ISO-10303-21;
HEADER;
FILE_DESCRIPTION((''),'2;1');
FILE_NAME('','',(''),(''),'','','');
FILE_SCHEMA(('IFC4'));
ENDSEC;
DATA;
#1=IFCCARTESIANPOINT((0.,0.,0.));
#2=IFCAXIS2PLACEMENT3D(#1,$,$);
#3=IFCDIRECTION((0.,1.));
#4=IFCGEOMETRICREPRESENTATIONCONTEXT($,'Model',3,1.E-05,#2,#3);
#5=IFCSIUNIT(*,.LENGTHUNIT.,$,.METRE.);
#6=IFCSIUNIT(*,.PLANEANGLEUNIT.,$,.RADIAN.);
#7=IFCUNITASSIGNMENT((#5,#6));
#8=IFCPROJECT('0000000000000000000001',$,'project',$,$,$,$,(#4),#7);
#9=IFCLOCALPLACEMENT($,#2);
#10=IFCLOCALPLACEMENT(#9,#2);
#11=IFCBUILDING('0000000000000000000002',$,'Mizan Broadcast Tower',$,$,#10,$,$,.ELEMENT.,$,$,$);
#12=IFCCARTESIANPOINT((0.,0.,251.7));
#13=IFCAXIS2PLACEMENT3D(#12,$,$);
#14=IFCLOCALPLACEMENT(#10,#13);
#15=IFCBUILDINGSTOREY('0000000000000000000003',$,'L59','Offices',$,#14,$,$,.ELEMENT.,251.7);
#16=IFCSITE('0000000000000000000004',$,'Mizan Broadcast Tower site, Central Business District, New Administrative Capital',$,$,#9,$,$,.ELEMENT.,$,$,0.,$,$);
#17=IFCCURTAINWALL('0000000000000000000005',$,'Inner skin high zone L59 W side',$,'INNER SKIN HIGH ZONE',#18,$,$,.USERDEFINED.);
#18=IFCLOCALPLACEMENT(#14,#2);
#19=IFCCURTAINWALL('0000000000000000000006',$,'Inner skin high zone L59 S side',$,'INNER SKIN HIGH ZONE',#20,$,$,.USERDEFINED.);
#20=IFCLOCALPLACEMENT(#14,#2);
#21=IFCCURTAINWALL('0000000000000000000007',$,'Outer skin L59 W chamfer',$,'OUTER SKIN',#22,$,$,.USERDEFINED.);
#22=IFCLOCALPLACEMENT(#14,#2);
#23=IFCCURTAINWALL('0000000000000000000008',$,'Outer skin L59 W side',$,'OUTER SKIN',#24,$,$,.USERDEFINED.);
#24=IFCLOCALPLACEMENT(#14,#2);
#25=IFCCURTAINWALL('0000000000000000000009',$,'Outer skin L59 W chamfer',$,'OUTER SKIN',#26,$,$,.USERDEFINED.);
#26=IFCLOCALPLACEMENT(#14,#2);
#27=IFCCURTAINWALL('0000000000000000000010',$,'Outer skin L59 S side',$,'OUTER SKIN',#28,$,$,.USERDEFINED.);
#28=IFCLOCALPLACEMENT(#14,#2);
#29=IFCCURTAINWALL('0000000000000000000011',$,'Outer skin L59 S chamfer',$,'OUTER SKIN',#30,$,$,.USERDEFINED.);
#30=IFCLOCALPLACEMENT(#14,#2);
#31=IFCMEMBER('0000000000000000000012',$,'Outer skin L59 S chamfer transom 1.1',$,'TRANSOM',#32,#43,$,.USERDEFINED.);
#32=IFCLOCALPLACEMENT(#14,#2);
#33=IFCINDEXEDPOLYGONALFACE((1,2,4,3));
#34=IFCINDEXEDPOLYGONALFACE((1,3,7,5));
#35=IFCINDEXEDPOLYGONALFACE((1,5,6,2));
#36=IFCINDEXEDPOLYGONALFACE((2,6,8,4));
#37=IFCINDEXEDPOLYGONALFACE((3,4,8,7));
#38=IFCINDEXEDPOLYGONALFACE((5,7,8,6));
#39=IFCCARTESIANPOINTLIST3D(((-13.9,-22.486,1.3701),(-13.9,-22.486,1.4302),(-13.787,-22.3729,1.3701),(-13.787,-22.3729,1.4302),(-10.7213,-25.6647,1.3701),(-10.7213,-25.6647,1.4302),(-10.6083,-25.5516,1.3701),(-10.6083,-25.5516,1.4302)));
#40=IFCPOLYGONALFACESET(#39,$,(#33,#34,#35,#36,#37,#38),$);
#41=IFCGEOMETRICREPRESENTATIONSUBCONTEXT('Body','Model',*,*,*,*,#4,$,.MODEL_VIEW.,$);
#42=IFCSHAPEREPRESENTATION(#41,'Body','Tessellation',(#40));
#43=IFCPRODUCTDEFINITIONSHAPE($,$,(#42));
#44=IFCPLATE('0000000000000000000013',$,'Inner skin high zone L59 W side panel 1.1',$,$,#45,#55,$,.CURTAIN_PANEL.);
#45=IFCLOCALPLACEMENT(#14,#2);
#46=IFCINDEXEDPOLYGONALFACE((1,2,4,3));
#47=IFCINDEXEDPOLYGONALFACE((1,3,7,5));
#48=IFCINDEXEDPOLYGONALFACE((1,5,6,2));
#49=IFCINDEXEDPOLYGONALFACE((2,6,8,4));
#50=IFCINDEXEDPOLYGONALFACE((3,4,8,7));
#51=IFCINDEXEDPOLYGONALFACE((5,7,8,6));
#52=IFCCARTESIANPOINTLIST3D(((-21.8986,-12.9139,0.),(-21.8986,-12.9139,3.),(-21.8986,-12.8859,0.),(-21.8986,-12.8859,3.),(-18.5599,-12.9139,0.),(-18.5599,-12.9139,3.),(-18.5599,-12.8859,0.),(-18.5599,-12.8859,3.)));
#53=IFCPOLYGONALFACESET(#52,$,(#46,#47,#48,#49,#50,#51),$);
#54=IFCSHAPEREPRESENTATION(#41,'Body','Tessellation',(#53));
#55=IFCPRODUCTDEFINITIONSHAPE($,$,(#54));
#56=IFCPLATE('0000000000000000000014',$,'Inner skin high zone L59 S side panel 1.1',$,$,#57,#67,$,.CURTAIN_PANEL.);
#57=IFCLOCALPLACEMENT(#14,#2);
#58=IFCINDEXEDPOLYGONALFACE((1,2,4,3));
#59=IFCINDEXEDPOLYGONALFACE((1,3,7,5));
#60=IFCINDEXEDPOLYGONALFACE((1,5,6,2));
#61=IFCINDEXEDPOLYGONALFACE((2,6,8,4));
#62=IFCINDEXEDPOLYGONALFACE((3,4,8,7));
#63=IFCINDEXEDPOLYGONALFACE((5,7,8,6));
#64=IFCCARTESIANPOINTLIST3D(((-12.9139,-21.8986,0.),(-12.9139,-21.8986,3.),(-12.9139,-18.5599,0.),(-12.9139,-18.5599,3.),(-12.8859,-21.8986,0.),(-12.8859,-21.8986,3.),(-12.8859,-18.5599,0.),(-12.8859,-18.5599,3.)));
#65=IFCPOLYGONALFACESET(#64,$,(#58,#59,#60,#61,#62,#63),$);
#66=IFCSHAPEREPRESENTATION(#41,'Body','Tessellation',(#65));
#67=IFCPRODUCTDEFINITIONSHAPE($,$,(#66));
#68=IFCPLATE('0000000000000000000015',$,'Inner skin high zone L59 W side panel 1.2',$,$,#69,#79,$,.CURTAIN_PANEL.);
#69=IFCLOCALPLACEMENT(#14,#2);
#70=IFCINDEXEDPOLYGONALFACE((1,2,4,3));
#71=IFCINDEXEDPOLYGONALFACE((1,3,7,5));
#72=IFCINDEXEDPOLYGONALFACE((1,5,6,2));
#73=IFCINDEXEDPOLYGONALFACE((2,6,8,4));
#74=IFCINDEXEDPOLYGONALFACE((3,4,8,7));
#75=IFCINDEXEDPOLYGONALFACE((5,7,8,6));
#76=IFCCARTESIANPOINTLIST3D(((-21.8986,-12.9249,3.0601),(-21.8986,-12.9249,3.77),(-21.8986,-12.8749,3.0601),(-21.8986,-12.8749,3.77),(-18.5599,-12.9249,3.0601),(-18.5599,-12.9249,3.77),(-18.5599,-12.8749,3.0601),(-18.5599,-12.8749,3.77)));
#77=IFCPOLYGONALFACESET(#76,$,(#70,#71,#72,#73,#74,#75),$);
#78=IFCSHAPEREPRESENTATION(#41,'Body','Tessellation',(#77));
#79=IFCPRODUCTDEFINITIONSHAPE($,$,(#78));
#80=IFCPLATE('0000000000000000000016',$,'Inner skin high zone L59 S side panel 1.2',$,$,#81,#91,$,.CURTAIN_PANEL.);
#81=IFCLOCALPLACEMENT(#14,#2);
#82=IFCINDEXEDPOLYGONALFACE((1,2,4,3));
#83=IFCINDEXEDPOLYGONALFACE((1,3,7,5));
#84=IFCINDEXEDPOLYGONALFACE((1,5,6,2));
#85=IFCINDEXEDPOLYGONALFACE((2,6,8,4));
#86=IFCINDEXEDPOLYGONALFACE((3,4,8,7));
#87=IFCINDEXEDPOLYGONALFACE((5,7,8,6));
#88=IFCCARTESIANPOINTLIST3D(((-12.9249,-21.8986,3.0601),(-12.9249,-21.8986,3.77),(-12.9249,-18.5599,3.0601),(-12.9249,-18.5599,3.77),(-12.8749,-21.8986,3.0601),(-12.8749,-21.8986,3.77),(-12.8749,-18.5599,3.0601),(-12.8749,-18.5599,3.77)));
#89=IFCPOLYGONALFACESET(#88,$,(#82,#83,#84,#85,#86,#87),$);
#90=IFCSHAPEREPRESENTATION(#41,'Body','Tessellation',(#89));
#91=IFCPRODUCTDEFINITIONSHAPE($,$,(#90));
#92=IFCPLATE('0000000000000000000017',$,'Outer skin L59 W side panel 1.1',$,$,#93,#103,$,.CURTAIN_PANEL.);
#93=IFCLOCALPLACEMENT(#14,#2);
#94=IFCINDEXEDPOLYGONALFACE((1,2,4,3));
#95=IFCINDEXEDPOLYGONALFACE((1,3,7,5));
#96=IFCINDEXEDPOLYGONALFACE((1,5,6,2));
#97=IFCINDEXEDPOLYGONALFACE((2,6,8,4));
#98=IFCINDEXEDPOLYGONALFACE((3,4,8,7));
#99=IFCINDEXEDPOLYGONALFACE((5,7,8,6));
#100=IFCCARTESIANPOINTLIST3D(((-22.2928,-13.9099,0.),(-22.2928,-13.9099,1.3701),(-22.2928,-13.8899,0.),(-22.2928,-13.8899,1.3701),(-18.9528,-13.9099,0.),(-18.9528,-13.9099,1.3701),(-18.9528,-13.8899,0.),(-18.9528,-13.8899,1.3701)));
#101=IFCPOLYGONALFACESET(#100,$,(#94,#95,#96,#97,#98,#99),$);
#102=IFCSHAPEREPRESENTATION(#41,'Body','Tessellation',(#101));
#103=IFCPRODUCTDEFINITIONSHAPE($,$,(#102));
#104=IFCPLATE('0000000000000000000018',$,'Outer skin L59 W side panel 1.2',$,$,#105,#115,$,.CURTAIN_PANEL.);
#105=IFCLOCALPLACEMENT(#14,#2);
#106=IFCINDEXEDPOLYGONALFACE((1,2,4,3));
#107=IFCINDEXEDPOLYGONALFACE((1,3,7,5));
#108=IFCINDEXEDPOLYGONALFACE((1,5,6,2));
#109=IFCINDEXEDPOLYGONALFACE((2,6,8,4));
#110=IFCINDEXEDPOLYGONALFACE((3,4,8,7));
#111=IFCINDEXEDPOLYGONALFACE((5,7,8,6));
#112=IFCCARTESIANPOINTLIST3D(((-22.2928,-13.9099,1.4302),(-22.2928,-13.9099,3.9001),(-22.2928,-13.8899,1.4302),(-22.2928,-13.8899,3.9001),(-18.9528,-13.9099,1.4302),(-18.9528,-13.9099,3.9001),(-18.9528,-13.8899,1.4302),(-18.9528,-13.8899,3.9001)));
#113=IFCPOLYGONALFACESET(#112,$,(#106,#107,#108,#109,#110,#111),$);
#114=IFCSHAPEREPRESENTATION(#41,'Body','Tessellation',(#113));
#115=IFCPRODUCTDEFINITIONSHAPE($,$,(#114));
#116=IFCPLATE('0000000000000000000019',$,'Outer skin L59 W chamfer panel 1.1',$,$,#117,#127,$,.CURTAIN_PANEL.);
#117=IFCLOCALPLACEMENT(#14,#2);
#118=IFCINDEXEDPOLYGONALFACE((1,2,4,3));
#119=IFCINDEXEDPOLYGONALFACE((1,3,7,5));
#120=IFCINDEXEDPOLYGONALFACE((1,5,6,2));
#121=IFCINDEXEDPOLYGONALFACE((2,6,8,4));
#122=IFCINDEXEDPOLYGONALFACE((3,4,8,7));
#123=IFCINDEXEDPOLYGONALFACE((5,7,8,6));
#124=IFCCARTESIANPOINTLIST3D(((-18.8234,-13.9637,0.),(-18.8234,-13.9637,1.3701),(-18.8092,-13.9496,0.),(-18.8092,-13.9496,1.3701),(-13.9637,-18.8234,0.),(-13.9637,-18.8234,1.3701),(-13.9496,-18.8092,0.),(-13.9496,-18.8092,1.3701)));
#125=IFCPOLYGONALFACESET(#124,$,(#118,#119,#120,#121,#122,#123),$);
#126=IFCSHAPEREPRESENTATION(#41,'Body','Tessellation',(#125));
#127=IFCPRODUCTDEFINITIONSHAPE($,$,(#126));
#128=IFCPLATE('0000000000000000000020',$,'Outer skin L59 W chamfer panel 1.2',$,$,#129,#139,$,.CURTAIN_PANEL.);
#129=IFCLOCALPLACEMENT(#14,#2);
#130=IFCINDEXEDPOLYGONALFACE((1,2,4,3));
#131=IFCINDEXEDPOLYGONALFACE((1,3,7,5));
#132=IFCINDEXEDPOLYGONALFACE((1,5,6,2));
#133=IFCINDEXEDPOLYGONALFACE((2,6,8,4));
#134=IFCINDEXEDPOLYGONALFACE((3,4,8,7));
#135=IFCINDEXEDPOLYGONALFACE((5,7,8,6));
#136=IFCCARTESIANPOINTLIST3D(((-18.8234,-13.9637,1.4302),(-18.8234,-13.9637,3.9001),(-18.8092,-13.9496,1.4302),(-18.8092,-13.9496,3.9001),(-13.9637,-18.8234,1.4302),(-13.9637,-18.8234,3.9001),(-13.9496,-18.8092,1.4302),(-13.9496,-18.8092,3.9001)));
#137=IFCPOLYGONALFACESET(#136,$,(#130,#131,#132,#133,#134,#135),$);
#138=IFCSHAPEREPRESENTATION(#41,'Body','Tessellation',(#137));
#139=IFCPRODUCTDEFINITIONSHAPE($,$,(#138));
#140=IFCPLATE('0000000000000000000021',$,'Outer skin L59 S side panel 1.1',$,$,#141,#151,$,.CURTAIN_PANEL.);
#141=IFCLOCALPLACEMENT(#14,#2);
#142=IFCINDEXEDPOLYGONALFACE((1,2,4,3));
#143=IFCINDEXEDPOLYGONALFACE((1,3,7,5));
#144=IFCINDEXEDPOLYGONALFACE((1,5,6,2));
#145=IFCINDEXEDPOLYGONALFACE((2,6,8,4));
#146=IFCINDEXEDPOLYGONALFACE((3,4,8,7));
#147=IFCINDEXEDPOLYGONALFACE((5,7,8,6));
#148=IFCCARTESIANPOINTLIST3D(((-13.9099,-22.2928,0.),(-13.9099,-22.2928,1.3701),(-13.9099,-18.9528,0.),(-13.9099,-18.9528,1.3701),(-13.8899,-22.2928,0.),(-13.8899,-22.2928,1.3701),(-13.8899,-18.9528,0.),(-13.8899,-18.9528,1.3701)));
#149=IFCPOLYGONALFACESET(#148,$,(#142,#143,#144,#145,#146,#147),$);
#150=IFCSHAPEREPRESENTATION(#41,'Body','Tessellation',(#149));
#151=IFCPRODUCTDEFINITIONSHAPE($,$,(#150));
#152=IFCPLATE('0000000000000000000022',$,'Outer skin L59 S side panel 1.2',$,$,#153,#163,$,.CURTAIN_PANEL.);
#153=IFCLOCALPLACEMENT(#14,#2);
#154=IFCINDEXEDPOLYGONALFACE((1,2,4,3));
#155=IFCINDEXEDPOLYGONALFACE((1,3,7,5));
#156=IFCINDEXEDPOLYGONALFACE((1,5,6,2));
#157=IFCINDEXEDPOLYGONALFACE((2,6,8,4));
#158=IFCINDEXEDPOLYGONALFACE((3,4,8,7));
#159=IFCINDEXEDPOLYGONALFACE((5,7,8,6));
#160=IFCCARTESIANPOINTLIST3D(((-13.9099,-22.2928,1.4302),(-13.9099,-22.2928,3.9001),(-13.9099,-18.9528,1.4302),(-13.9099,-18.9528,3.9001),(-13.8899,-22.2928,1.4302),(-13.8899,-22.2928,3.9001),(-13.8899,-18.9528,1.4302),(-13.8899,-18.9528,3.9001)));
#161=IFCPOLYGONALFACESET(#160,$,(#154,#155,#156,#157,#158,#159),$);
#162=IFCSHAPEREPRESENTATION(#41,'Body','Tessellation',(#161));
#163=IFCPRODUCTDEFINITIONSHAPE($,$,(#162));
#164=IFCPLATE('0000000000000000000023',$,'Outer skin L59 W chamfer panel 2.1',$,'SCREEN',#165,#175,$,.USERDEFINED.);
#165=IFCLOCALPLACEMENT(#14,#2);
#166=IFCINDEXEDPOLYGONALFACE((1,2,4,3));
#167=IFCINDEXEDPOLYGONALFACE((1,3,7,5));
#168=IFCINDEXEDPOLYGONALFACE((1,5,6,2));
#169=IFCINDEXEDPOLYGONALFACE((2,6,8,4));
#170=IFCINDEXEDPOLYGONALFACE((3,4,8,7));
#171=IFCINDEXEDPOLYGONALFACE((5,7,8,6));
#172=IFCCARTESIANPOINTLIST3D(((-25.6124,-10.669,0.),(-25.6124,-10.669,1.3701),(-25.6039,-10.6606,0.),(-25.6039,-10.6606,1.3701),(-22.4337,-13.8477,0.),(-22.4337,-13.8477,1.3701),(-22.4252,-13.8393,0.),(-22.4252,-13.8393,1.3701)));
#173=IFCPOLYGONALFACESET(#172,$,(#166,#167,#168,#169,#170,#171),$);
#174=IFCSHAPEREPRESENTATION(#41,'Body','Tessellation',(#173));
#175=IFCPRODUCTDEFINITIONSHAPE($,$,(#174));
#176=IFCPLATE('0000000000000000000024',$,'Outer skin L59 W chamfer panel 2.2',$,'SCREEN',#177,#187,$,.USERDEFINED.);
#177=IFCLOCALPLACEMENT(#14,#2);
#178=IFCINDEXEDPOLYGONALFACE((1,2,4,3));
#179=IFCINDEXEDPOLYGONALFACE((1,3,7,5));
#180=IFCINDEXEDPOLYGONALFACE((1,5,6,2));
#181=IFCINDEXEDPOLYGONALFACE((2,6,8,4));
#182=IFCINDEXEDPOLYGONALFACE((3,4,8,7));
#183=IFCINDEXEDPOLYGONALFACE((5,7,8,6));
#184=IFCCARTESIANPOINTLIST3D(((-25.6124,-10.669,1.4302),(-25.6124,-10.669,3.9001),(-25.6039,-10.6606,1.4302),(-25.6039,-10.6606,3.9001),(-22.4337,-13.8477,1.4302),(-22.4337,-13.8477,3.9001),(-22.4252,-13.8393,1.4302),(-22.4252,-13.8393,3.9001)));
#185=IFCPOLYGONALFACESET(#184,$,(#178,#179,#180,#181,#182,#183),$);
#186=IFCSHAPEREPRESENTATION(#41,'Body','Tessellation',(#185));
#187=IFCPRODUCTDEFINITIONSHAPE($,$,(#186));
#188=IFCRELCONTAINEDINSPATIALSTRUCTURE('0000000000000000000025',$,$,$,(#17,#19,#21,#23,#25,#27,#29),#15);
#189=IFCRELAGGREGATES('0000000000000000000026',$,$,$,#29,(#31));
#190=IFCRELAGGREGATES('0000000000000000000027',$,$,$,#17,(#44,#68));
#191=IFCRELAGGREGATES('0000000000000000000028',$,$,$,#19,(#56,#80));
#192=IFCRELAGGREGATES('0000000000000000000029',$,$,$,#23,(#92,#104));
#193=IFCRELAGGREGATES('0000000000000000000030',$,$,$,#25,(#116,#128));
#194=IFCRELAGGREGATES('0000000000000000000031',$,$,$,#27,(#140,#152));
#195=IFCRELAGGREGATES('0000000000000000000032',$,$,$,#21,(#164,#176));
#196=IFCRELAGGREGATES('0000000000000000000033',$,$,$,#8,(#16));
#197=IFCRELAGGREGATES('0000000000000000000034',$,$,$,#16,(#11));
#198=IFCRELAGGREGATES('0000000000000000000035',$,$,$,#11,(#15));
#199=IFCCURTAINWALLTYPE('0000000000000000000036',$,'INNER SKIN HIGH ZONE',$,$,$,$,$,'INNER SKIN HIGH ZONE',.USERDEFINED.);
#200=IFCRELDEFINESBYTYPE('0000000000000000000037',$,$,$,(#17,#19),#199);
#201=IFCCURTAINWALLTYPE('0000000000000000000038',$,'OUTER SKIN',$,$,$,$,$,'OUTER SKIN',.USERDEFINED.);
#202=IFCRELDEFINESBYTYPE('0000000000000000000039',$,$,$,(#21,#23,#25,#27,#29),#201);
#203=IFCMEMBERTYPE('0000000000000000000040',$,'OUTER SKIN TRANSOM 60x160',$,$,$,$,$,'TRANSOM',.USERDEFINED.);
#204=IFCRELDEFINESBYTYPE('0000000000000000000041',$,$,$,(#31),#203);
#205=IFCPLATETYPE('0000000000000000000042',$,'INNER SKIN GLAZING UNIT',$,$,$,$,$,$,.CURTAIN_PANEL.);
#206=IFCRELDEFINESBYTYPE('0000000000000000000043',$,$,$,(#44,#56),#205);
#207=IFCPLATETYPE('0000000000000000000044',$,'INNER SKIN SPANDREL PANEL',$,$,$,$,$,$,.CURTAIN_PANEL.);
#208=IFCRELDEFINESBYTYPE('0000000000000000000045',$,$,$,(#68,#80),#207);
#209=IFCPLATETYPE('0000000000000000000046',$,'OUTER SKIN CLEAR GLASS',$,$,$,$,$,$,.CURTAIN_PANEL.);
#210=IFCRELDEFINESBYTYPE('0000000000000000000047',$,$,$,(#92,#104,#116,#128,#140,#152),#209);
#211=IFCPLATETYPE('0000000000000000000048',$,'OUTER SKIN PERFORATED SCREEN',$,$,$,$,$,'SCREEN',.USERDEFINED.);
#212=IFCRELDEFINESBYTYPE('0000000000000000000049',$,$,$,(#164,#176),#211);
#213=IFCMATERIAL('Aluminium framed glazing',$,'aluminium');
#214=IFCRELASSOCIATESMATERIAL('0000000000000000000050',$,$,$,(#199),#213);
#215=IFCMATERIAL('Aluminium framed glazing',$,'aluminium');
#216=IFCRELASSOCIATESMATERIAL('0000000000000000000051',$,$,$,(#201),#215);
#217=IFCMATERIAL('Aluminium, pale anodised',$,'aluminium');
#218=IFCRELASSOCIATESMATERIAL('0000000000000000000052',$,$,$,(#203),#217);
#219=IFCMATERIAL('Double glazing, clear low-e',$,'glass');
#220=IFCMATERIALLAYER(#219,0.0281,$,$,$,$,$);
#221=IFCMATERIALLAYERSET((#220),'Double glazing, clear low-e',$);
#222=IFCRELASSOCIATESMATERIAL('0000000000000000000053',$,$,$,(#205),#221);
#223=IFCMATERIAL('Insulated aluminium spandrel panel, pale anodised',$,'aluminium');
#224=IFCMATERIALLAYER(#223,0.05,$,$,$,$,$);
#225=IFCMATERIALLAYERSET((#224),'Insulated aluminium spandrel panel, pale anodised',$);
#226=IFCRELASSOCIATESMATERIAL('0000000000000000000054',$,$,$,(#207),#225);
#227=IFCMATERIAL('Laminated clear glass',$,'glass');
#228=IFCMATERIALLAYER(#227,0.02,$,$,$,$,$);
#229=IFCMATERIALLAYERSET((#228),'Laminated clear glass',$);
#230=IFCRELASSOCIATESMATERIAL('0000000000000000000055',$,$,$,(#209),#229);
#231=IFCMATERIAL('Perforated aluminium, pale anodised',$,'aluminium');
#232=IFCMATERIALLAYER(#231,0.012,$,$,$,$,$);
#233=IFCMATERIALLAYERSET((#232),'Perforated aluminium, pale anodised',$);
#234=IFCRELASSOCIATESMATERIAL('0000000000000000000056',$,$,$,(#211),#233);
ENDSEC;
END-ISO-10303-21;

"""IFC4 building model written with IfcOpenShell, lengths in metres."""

from ifc_helpers import new_model, si_unit, direction, frame, origin, origin_2d, place, context, subcontext, project, spatial, rectangle, extrude, material, layer, layer_set, material_profile, profile_set, type_object, element, aggregate, save


model = new_model("IFC4")

# Units and contexts
model_context = context("Model", 3, precision=1e-05, world=origin(), true_north=direction((0.0, 1.0)))
body_context = subcontext(model_context, "Body", "Model", "MODEL_VIEW")
ifc_project = project(units=[si_unit("LENGTHUNIT", "METRE"), si_unit("PLANEANGLEUNIT", "RADIAN")], contexts=[model_context])

# Site, building, storey
site_placement = place(None, origin())
site = spatial("IfcSite", under=ifc_project, at=site_placement, Name="Mizan Broadcast Tower site, Central Business District, New Administrative Capital", CompositionType="ELEMENT", RefElevation=0.0)
building_placement = place(site_placement, origin())
building = spatial("IfcBuilding", under=site, at=building_placement, Name="Mizan Broadcast Tower", CompositionType="ELEMENT")
storey_placement = place(building_placement, frame((0.0, 0.0, 251.7)))
storey = spatial("IfcBuildingStorey", under=building, at=storey_placement, Name="L59", Description="Offices", CompositionType="ELEMENT", Elevation=251.7)

# Curtain walls
ifc_material_1 = material(Name="Aluminium framed glazing", Category="aluminium")
curtain_wall_type_1 = type_object("IfcCurtainWallType", Name="INNER SKIN HIGH ZONE", ElementType="INNER SKIN HIGH ZONE", PredefinedType="USERDEFINED", material=ifc_material_1)
curtain_wall_1_placement = place(storey_placement, origin())
curtain_wall_1 = element("IfcCurtainWall", 1, at=curtain_wall_1_placement, inside=storey, type_object=curtain_wall_type_1, Name="Inner skin high zone L59 W side", ObjectType="INNER SKIN HIGH ZONE", PredefinedType="USERDEFINED")
curtain_wall_2_placement = place(storey_placement, origin())
curtain_wall_2 = element("IfcCurtainWall", 2, at=curtain_wall_2_placement, inside=storey, type_object=curtain_wall_type_1, Name="Inner skin high zone L59 S side", ObjectType="INNER SKIN HIGH ZONE", PredefinedType="USERDEFINED")

# Curtain walls
ifc_material_2 = material(Name="Aluminium framed glazing", Category="aluminium")
curtain_wall_type_2 = type_object("IfcCurtainWallType", Name="OUTER SKIN", ElementType="OUTER SKIN", PredefinedType="USERDEFINED", material=ifc_material_2)
curtain_wall_3_placement = place(storey_placement, origin())
curtain_wall_3 = element("IfcCurtainWall", 3, at=curtain_wall_3_placement, inside=storey, type_object=curtain_wall_type_2, Name="Outer skin L59 W chamfer", ObjectType="OUTER SKIN", PredefinedType="USERDEFINED")
curtain_wall_4_placement = place(storey_placement, origin())
curtain_wall_4 = element("IfcCurtainWall", 4, at=curtain_wall_4_placement, inside=storey, type_object=curtain_wall_type_2, Name="Outer skin L59 W side", ObjectType="OUTER SKIN", PredefinedType="USERDEFINED")
curtain_wall_5_placement = place(storey_placement, origin())
curtain_wall_5 = element("IfcCurtainWall", 5, at=curtain_wall_5_placement, inside=storey, type_object=curtain_wall_type_2, Name="Outer skin L59 W chamfer", ObjectType="OUTER SKIN", PredefinedType="USERDEFINED")
curtain_wall_6_placement = place(storey_placement, origin())
curtain_wall_6 = element("IfcCurtainWall", 6, at=curtain_wall_6_placement, inside=storey, type_object=curtain_wall_type_2, Name="Outer skin L59 S side", ObjectType="OUTER SKIN", PredefinedType="USERDEFINED")

# Shared definitions
ifc_material_3 = material(Name="Aluminium, pale anodised", Category="aluminium")
ifc_material_profile_1 = material_profile(ifc_material_3, rectangle(XDim=0.1599, YDim=0.0601, at=origin_2d()), Name="TRANSOM 160x60")
ifc_profile_set_1 = profile_set([ifc_material_profile_1], Name="Aluminium, pale anodised")
member_type_1 = type_object("IfcMemberType", Name="OUTER SKIN TRANSOM 60x160", ElementType="TRANSOM", PredefinedType="USERDEFINED", material=ifc_profile_set_1)

# Curtain wall, member
curtain_wall_7_placement = place(storey_placement, origin())
curtain_wall_7 = element("IfcCurtainWall", 7, at=curtain_wall_7_placement, inside=storey, type_object=curtain_wall_type_2, Name="Outer skin L59 S chamfer", ObjectType="OUTER SKIN", PredefinedType="USERDEFINED")
member_1_placement = place(storey_placement, frame((-13.8435, -22.4294, 1.4001), z_axis=(0.707107, -0.707107, 0.0), x_axis=(0.707107, 0.707107, 0.0)))
member_1 = element("IfcMember", 8, at=member_1_placement, type_object=member_type_1, Name="Outer skin L59 S chamfer transom 1.1", ObjectType="TRANSOM", PredefinedType="USERDEFINED", context=body_context, shape_type="SweptSolid", body=[
    extrude(rectangle(XDim=0.1599, YDim=0.0601, at=origin_2d()), origin(), (0.0, 0.0, 1.0), 4.4954),
])
aggregate(curtain_wall_7, [member_1])

# Plates
ifc_material_4 = material(Name="Double glazing, clear low-e", Category="glass")
ifc_layer_1 = layer(ifc_material_4, 0.0281)
ifc_layer_set_1 = layer_set([ifc_layer_1], Name="Double glazing, clear low-e")
plate_type_1 = type_object("IfcPlateType", Name="INNER SKIN GLAZING UNIT", PredefinedType="CURTAIN_PANEL", material=ifc_layer_set_1)
plate_1_placement = place(storey_placement, frame((-20.2292, -12.8999, 0.0), z_axis=(0.0, 0.0, 1.0), x_axis=(1.0, 0.0, 0.0)))
plate_1 = element("IfcPlate", 9, at=plate_1_placement, type_object=plate_type_1, Name="Inner skin high zone L59 W side panel 1.1", PredefinedType="CURTAIN_PANEL", context=body_context, shape_type="SweptSolid", body=[
    extrude(rectangle(XDim=3.3386, YDim=0.0281, at=origin_2d()), origin(), (0.0, 0.0, 1.0), 3.0),
])
plate_2_placement = place(storey_placement, frame((-12.8999, -20.2292, 0.0), z_axis=(0.0, 0.0, 1.0), x_axis=(0.0, -1.0, 0.0)))
plate_2 = element("IfcPlate", 10, at=plate_2_placement, type_object=plate_type_1, Name="Inner skin high zone L59 S side panel 1.1", PredefinedType="CURTAIN_PANEL", context=body_context, shape_type="SweptSolid", body=[
    extrude(rectangle(XDim=3.3386, YDim=0.0281, at=origin_2d()), origin(), (0.0, 0.0, 1.0), 3.0),
])
ifc_material_5 = material(Name="Insulated aluminium spandrel panel, pale anodised", Category="aluminium")
ifc_layer_2 = layer(ifc_material_5, 0.05)
ifc_layer_set_2 = layer_set([ifc_layer_2], Name="Insulated aluminium spandrel panel, pale anodised")
plate_type_2 = type_object("IfcPlateType", Name="INNER SKIN SPANDREL PANEL", PredefinedType="CURTAIN_PANEL", material=ifc_layer_set_2)
plate_3_placement = place(storey_placement, frame((-20.2292, -12.8999, 3.0601), z_axis=(0.0, 0.0, 1.0), x_axis=(1.0, 0.0, 0.0)))
plate_3 = element("IfcPlate", 11, at=plate_3_placement, type_object=plate_type_2, Name="Inner skin high zone L59 W side panel 1.2", PredefinedType="CURTAIN_PANEL", context=body_context, shape_type="SweptSolid", body=[
    extrude(rectangle(XDim=3.3386, YDim=0.05, at=origin_2d()), origin(), (0.0, 0.0, 1.0), 0.71),
])
aggregate(curtain_wall_1, [plate_1, plate_3])
plate_4_placement = place(storey_placement, frame((-12.8999, -20.2292, 3.0601), z_axis=(0.0, 0.0, 1.0), x_axis=(0.0, -1.0, 0.0)))
plate_4 = element("IfcPlate", 12, at=plate_4_placement, type_object=plate_type_2, Name="Inner skin high zone L59 S side panel 1.2", PredefinedType="CURTAIN_PANEL", context=body_context, shape_type="SweptSolid", body=[
    extrude(rectangle(XDim=3.3386, YDim=0.05, at=origin_2d()), origin(), (0.0, 0.0, 1.0), 0.71),
])
aggregate(curtain_wall_2, [plate_2, plate_4])
ifc_material_6 = material(Name="Laminated clear glass", Category="glass")
ifc_layer_3 = layer(ifc_material_6, 0.02)
ifc_layer_set_3 = layer_set([ifc_layer_3], Name="Laminated clear glass")
plate_type_3 = type_object("IfcPlateType", Name="OUTER SKIN CLEAR GLASS", PredefinedType="CURTAIN_PANEL", material=ifc_layer_set_3)
plate_5_placement = place(storey_placement, frame((-20.6228, -13.8999, 0.0), z_axis=(0.0, 0.0, 1.0), x_axis=(1.0, 0.0, 0.0)))
plate_5 = element("IfcPlate", 13, at=plate_5_placement, type_object=plate_type_3, Name="Outer skin L59 W side panel 1.1", PredefinedType="CURTAIN_PANEL", context=body_context, shape_type="SweptSolid", body=[
    extrude(rectangle(XDim=3.3401, YDim=0.02, at=origin_2d()), origin(), (0.0, 0.0, 1.0), 1.3701),
])
plate_6_placement = place(storey_placement, frame((-20.6228, -13.8999, 1.4302), z_axis=(0.0, 0.0, 1.0), x_axis=(1.0, 0.0, 0.0)))
plate_6 = element("IfcPlate", 14, at=plate_6_placement, type_object=plate_type_3, Name="Outer skin L59 W side panel 1.2", PredefinedType="CURTAIN_PANEL", context=body_context, shape_type="SweptSolid", body=[
    extrude(rectangle(XDim=3.3401, YDim=0.02, at=origin_2d()), origin(), (0.0, 0.0, 1.0), 2.47),
])
aggregate(curtain_wall_4, [plate_5, plate_6])
plate_7_placement = place(storey_placement, frame((-16.3865, -16.3865, 0.0), z_axis=(0.0, 0.0, 1.0), x_axis=(0.707107, -0.707107, 0.0)))
plate_7 = element("IfcPlate", 15, at=plate_7_placement, type_object=plate_type_3, Name="Outer skin L59 W chamfer panel 1.1", PredefinedType="CURTAIN_PANEL", context=body_context, shape_type="SweptSolid", body=[
    extrude(rectangle(XDim=6.8726, YDim=0.02, at=origin_2d()), origin(), (0.0, 0.0, 1.0), 1.3701),
])
plate_8_placement = place(storey_placement, frame((-16.3865, -16.3865, 1.4302), z_axis=(0.0, 0.0, 1.0), x_axis=(0.707107, -0.707107, 0.0)))
plate_8 = element("IfcPlate", 16, at=plate_8_placement, type_object=plate_type_3, Name="Outer skin L59 W chamfer panel 1.2", PredefinedType="CURTAIN_PANEL", context=body_context, shape_type="SweptSolid", body=[
    extrude(rectangle(XDim=6.8726, YDim=0.02, at=origin_2d()), origin(), (0.0, 0.0, 1.0), 2.47),
])
aggregate(curtain_wall_5, [plate_7, plate_8])
plate_9_placement = place(storey_placement, frame((-13.8999, -20.6228, 0.0), z_axis=(0.0, 0.0, 1.0), x_axis=(0.0, -1.0, 0.0)))
plate_9 = element("IfcPlate", 17, at=plate_9_placement, type_object=plate_type_3, Name="Outer skin L59 S side panel 1.1", PredefinedType="CURTAIN_PANEL", context=body_context, shape_type="SweptSolid", body=[
    extrude(rectangle(XDim=3.3401, YDim=0.02, at=origin_2d()), origin(), (0.0, 0.0, 1.0), 1.3701),
])
plate_10_placement = place(storey_placement, frame((-13.8999, -20.6228, 1.4302), z_axis=(0.0, 0.0, 1.0), x_axis=(0.0, -1.0, 0.0)))
plate_10 = element("IfcPlate", 18, at=plate_10_placement, type_object=plate_type_3, Name="Outer skin L59 S side panel 1.2", PredefinedType="CURTAIN_PANEL", context=body_context, shape_type="SweptSolid", body=[
    extrude(rectangle(XDim=3.3401, YDim=0.02, at=origin_2d()), origin(), (0.0, 0.0, 1.0), 2.47),
])
aggregate(curtain_wall_6, [plate_9, plate_10])
ifc_material_7 = material(Name="Perforated aluminium, pale anodised", Category="aluminium")
ifc_layer_4 = layer(ifc_material_7, 0.012)
ifc_layer_set_4 = layer_set([ifc_layer_4], Name="Perforated aluminium, pale anodised")
plate_type_4 = type_object("IfcPlateType", Name="OUTER SKIN PERFORATED SCREEN", ElementType="SCREEN", PredefinedType="USERDEFINED", material=ifc_layer_set_4)
plate_11_placement = place(storey_placement, frame((-24.0188, -12.2542, 0.0), z_axis=(0.0, 0.0, 1.0), x_axis=(0.707107, -0.707107, 0.0)))
plate_11 = element("IfcPlate", 19, at=plate_11_placement, type_object=plate_type_4, Name="Outer skin L59 W chamfer panel 2.1", ObjectType="SCREEN", PredefinedType="USERDEFINED", context=body_context, shape_type="SweptSolid", body=[
    extrude(rectangle(XDim=4.4954, YDim=0.012, at=origin_2d()), origin(), (0.0, 0.0, 1.0), 1.3701),
])
plate_12_placement = place(storey_placement, frame((-24.0188, -12.2542, 1.4302), z_axis=(0.0, 0.0, 1.0), x_axis=(0.707107, -0.707107, 0.0)))
plate_12 = element("IfcPlate", 20, at=plate_12_placement, type_object=plate_type_4, Name="Outer skin L59 W chamfer panel 2.2", ObjectType="SCREEN", PredefinedType="USERDEFINED", context=body_context, shape_type="SweptSolid", body=[
    extrude(rectangle(XDim=4.4954, YDim=0.012, at=origin_2d()), origin(), (0.0, 0.0, 1.0), 2.47),
])
aggregate(curtain_wall_3, [plate_11, plate_12])

save(model, "model.ifc")
